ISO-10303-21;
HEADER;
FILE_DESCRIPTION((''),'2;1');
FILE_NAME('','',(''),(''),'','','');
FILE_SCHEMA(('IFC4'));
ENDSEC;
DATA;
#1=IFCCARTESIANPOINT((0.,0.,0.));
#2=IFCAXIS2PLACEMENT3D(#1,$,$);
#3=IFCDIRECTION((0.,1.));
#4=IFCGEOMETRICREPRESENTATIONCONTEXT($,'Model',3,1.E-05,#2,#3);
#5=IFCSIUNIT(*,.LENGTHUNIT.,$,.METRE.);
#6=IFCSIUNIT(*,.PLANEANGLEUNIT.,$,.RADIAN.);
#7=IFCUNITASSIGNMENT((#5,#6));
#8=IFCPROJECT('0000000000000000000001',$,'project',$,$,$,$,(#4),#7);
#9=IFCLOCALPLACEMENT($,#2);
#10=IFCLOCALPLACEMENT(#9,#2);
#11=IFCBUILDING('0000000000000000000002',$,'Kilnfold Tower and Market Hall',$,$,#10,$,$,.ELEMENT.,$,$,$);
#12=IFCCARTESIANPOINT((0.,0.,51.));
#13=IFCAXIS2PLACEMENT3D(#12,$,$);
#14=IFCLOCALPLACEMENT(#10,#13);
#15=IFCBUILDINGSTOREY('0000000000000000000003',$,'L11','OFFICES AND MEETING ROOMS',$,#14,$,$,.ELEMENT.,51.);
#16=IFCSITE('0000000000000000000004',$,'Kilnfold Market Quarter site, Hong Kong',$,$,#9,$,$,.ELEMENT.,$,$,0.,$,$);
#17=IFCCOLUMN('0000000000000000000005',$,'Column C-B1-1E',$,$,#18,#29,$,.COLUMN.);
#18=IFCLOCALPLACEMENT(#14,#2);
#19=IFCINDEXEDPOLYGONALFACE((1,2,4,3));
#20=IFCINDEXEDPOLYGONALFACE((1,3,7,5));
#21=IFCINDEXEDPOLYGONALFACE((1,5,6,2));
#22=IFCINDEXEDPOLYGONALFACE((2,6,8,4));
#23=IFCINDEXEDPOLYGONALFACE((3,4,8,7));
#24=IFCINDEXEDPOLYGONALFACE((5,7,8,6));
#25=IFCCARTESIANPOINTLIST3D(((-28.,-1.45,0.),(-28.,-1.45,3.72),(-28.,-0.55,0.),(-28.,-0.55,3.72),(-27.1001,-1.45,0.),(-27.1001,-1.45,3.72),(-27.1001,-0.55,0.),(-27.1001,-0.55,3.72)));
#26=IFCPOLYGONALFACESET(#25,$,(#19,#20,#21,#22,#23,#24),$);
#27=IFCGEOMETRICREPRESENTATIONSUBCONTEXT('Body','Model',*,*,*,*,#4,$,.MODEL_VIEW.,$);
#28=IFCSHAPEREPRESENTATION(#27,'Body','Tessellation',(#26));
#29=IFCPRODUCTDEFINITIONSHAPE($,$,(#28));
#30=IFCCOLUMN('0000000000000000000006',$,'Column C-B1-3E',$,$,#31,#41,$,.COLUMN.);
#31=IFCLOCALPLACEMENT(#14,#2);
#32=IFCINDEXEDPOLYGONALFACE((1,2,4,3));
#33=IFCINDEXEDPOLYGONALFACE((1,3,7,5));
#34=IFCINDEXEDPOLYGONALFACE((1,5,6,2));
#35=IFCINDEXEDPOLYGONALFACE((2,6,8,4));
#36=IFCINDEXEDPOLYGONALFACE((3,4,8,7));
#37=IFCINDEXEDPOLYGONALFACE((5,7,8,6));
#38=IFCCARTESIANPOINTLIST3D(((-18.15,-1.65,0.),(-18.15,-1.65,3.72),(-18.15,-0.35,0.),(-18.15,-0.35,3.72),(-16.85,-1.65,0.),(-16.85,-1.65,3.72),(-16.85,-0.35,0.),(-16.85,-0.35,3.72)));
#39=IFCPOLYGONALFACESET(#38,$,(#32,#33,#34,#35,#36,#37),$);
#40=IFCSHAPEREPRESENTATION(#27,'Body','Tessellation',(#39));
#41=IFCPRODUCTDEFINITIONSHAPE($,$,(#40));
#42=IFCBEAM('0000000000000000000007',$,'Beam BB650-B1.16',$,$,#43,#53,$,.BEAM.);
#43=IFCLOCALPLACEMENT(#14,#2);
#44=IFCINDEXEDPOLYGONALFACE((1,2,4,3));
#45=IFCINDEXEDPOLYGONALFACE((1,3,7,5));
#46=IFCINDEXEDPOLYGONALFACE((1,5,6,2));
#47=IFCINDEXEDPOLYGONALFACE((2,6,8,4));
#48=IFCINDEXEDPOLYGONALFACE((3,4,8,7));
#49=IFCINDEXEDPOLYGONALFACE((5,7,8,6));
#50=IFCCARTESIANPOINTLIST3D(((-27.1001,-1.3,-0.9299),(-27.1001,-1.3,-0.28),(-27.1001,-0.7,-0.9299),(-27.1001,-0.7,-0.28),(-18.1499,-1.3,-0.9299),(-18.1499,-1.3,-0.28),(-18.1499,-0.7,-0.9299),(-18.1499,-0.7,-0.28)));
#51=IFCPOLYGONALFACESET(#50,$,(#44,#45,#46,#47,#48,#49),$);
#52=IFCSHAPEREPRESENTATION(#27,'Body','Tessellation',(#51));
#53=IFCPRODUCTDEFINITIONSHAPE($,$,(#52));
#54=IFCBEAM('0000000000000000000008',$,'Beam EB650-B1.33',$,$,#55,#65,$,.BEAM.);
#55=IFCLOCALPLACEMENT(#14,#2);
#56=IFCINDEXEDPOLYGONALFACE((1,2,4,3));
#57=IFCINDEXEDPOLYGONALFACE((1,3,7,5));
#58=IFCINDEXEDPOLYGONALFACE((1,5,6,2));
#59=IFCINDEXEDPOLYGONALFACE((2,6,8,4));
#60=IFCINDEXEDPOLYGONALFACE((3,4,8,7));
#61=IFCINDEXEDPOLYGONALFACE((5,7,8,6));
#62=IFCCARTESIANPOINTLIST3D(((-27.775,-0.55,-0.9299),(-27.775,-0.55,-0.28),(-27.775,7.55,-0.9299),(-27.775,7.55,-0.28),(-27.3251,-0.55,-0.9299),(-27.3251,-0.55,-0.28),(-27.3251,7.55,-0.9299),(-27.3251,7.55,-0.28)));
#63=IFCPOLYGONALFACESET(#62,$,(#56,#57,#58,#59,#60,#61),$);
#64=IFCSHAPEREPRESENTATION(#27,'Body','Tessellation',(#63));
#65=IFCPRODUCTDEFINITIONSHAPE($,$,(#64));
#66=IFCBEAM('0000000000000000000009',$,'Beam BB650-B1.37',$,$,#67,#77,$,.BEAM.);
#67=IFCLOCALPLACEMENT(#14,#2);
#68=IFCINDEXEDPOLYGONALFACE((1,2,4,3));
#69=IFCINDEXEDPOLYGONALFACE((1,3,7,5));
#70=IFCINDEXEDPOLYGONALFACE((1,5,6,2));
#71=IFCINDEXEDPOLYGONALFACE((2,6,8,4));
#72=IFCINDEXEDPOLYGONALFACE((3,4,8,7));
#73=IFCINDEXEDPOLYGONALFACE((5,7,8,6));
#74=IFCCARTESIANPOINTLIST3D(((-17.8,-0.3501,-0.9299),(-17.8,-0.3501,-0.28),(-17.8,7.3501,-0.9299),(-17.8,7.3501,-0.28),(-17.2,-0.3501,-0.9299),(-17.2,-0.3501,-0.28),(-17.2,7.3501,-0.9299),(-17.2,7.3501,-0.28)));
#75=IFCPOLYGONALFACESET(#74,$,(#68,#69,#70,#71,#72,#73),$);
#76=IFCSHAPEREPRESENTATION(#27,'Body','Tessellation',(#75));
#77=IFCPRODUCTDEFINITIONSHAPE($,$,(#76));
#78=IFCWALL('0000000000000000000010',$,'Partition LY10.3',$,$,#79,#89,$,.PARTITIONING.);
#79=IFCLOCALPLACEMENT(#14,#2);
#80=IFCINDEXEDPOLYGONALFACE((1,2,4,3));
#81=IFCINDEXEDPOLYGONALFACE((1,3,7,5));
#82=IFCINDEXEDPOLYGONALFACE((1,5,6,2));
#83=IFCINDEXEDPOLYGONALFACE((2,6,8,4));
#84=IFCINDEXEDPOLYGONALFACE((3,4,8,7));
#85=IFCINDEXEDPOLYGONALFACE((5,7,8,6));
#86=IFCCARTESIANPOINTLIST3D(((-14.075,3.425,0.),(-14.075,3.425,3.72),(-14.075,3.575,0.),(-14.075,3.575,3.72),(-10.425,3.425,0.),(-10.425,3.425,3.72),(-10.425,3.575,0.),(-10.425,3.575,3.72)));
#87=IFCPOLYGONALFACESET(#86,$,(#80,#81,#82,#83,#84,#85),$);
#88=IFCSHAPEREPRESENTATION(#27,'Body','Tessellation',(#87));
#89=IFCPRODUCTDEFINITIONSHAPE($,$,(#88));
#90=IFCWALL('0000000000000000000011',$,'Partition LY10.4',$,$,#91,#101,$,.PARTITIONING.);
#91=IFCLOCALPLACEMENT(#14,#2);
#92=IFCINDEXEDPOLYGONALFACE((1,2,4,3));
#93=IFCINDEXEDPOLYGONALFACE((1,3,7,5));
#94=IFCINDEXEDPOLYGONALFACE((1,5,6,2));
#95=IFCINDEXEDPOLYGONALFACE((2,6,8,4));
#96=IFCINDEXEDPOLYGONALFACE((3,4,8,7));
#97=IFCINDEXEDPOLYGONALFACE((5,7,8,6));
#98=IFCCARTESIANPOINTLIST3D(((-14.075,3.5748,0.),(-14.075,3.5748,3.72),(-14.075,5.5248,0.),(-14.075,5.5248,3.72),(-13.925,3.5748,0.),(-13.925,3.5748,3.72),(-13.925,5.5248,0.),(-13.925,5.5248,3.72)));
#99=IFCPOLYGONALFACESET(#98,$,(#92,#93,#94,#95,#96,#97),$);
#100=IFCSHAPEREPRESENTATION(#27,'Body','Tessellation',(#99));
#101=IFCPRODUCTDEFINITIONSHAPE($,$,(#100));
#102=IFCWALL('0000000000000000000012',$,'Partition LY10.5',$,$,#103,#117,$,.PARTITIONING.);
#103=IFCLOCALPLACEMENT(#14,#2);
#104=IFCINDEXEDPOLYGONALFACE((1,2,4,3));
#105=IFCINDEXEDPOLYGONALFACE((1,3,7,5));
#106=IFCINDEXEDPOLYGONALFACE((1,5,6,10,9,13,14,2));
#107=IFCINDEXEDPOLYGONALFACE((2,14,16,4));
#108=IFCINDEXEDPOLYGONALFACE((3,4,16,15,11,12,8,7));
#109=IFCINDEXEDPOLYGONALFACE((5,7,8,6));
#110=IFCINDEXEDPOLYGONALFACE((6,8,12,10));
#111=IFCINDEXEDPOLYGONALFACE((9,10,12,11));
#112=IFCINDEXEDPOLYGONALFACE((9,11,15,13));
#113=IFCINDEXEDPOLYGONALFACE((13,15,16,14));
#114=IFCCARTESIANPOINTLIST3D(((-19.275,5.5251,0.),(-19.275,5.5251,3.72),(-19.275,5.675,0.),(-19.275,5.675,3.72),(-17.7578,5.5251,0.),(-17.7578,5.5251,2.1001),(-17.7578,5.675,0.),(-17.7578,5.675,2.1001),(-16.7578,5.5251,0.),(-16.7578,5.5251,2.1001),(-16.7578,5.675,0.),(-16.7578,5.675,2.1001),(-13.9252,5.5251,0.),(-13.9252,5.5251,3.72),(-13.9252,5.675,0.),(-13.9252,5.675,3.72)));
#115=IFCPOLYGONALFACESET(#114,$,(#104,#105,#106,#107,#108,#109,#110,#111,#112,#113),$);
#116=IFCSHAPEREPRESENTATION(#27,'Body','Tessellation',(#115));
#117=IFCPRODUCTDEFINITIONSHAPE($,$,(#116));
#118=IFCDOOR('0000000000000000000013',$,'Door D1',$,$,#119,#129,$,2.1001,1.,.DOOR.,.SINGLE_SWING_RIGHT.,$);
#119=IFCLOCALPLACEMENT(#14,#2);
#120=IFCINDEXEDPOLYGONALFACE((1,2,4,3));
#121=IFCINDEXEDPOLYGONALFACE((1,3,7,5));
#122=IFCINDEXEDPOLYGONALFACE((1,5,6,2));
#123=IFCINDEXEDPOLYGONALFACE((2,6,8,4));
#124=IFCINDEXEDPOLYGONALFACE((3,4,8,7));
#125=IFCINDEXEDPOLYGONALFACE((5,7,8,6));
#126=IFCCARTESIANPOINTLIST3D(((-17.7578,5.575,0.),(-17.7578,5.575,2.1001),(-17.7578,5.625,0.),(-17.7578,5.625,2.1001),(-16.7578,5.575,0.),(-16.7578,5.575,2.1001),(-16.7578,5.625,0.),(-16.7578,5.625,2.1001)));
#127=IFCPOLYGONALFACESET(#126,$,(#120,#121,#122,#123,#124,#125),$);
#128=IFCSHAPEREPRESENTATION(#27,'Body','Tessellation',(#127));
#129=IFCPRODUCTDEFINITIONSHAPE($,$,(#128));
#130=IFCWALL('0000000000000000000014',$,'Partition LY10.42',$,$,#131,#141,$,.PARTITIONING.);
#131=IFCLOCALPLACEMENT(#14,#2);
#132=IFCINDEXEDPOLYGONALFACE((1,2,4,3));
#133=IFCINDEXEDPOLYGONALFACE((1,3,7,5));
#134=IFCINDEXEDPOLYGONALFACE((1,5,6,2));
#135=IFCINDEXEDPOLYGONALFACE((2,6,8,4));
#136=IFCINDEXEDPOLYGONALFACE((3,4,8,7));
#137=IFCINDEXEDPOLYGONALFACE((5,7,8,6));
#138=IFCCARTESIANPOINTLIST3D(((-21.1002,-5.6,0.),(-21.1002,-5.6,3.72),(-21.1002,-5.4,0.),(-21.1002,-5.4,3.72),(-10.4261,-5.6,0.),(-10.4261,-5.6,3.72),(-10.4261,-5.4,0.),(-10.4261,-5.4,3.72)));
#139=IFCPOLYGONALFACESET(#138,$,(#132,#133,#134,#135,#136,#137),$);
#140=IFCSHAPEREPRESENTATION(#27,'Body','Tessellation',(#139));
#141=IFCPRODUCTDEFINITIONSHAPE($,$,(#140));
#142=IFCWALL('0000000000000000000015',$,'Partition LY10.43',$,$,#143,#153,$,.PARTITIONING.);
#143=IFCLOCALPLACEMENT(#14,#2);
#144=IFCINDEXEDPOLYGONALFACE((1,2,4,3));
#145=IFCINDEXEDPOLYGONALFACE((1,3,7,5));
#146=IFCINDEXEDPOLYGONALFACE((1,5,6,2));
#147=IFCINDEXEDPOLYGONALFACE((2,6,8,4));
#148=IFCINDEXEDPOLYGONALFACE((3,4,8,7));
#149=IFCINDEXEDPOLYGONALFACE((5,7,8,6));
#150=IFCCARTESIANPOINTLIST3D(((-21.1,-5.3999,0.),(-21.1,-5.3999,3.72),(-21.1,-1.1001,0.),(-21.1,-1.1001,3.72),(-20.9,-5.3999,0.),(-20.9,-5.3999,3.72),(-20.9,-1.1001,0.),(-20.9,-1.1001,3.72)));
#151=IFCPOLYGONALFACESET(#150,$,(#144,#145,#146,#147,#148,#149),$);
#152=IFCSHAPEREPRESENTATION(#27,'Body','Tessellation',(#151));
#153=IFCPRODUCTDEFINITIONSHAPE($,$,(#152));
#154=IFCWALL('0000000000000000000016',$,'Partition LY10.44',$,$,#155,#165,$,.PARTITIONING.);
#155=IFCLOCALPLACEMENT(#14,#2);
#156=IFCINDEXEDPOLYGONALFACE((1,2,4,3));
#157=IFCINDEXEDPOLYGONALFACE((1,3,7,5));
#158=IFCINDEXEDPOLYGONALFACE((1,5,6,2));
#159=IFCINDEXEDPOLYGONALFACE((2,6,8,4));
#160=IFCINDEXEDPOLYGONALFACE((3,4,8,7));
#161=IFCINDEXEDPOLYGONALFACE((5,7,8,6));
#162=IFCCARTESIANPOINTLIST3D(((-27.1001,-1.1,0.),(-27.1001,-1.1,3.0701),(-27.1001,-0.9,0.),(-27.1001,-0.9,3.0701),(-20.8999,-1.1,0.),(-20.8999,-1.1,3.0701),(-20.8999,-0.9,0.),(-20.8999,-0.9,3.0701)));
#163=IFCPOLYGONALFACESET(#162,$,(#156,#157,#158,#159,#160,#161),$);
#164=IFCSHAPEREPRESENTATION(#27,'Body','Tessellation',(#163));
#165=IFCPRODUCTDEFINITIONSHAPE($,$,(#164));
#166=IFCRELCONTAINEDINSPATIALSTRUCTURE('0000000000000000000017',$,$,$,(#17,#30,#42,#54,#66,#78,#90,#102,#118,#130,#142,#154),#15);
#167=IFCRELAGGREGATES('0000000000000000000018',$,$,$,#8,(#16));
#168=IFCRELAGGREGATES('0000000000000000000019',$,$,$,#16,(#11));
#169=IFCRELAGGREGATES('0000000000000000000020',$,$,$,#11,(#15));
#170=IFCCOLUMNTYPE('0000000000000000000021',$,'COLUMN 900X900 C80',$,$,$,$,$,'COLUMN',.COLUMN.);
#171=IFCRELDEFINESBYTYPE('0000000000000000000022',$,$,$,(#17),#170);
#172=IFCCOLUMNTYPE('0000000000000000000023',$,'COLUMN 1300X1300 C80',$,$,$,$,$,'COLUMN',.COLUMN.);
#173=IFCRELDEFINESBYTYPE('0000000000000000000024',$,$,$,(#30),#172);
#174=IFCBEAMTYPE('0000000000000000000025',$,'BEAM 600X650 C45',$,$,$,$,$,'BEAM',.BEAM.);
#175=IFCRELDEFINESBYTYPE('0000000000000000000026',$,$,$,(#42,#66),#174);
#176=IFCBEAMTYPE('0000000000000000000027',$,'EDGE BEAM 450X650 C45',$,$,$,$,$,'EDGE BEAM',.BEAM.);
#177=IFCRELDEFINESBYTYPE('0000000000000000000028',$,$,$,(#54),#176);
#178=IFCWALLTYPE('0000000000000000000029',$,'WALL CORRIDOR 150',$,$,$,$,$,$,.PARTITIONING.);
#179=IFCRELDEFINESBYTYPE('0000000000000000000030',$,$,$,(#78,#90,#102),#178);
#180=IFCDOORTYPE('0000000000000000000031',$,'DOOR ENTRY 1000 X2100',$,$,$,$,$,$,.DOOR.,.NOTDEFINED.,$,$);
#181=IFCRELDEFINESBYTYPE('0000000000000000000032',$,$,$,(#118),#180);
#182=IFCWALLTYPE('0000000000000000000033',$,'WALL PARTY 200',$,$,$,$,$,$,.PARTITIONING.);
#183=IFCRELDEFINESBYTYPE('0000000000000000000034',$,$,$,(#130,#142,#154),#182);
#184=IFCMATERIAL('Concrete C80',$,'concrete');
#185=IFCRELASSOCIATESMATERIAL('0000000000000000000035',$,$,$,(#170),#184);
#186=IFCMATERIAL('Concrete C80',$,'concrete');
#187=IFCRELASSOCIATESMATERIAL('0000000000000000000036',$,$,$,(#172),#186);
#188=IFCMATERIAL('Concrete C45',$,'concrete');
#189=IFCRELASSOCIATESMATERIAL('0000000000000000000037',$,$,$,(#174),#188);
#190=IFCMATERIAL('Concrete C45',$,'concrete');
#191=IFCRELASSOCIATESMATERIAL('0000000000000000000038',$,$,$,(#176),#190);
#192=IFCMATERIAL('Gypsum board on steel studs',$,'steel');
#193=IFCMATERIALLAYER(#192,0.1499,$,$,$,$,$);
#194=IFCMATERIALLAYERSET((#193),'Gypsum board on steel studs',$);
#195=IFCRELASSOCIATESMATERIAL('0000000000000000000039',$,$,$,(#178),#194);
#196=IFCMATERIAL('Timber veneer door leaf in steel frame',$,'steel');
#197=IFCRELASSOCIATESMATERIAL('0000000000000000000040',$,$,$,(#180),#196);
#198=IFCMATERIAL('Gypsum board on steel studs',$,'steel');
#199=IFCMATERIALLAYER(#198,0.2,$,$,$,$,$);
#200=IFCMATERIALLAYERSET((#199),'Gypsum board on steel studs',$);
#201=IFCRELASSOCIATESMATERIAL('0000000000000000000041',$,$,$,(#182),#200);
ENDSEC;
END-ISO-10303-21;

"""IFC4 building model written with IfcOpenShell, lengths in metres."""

from ifc_helpers import new_model, si_unit, direction, frame, frame_2d, origin, origin_2d, place, context, subcontext, project, spatial, rectangle, extrude, source, transform, mapped, material, layer, layer_set, material_profile, profile_set, type_object, element, fill, save


model = new_model("IFC4")

# Units and contexts
model_context = context("Model", 3, precision=1e-05, world=origin(), true_north=direction((0.0, 1.0)))
body_context = subcontext(model_context, "Body", "Model", "MODEL_VIEW")
ifc_project = project(units=[si_unit("LENGTHUNIT", "METRE"), si_unit("PLANEANGLEUNIT", "RADIAN")], contexts=[model_context])

# Site, building, storey
site_placement = place(None, origin())
site = spatial("IfcSite", under=ifc_project, at=site_placement, Name="Kilnfold Market Quarter site, Hong Kong", CompositionType="ELEMENT", RefElevation=0.0)
building_placement = place(site_placement, origin())
building = spatial("IfcBuilding", under=site, at=building_placement, Name="Kilnfold Tower and Market Hall", CompositionType="ELEMENT")
storey_placement = place(building_placement, frame((0.0, 0.0, 51.0)))
storey = spatial("IfcBuildingStorey", under=building, at=storey_placement, Name="L11", Description="OFFICES AND MEETING ROOMS", CompositionType="ELEMENT", Elevation=51.0)

# Columns
ifc_material_1 = material(Name="Concrete C80", Category="concrete")
ifc_material_profile_1 = material_profile(ifc_material_1, rectangle(XDim=0.8999, YDim=0.8999, at=origin_2d()), Name="RC 900x900")
ifc_profile_set_1 = profile_set([ifc_material_profile_1], Name="Concrete C80")
column_type_1 = type_object("IfcColumnType", Name="COLUMN 900X900 C80", ElementType="COLUMN", PredefinedType="COLUMN", material=ifc_profile_set_1)
shared_shape_1 = source(origin(), body_context, "Body", "SweptSolid", [
    extrude(rectangle(XDim=0.8999, YDim=0.8999, at=origin_2d()), origin(), (0.0, 0.0, 1.0), 3.72),
])
column_1_placement = place(storey_placement, frame((-27.55, -1.0, 0.0), z_axis=(0.0, 0.0, 1.0), x_axis=(1.0, 0.0, 0.0)))
element("IfcColumn", 1, at=column_1_placement, inside=storey, type_object=column_type_1, Name="Column C-B1-1E", PredefinedType="COLUMN", context=body_context, shape_type="MappedRepresentation", body=[
    mapped(shared_shape_1, transform((0.0, 0.0, 0.0))),
])
ifc_material_2 = material(Name="Concrete C80", Category="concrete")
ifc_material_profile_2 = material_profile(ifc_material_2, rectangle(XDim=1.3, YDim=1.3, at=origin_2d()), Name="RC 1300x1300")
ifc_profile_set_2 = profile_set([ifc_material_profile_2], Name="Concrete C80")
column_type_2 = type_object("IfcColumnType", Name="COLUMN 1300X1300 C80", ElementType="COLUMN", PredefinedType="COLUMN", material=ifc_profile_set_2)
shared_shape_2 = source(origin(), body_context, "Body", "SweptSolid", [
    extrude(rectangle(XDim=1.3, YDim=1.3, at=origin_2d()), origin(), (0.0, 0.0, 1.0), 3.72),
])
column_2_placement = place(storey_placement, frame((-17.5, -1.0, 0.0), z_axis=(0.0, 0.0, 1.0), x_axis=(1.0, 0.0, 0.0)))
element("IfcColumn", 2, at=column_2_placement, inside=storey, type_object=column_type_2, Name="Column C-B1-3E", PredefinedType="COLUMN", context=body_context, shape_type="MappedRepresentation", body=[
    mapped(shared_shape_2, transform((0.0, 0.0, 0.0))),
])

# Beams
ifc_material_3 = material(Name="Concrete C45", Category="concrete")
ifc_material_profile_3 = material_profile(ifc_material_3, rectangle(XDim=0.6001, YDim=0.6499, at=origin_2d()), Name="RC 600x650")
ifc_profile_set_3 = profile_set([ifc_material_profile_3], Name="Concrete C45")
beam_type_1 = type_object("IfcBeamType", Name="BEAM 600X650 C45", ElementType="BEAM", PredefinedType="BEAM", material=ifc_profile_set_3)
shared_shape_3 = source(origin(), body_context, "Body", "SweptSolid", [
    extrude(rectangle(XDim=0.6001, YDim=0.6499, at=origin_2d()), origin(), (0.0, 0.0, 1.0), 8.9502),
])
beam_1_placement = place(storey_placement, frame((-27.1001, -1.0, -0.605), z_axis=(1.0, 0.0, 0.0), x_axis=(0.0, 1.0, 0.0)))
element("IfcBeam", 3, at=beam_1_placement, inside=storey, type_object=beam_type_1, Name="Beam BB650-B1.16", PredefinedType="BEAM", context=body_context, shape_type="MappedRepresentation", body=[
    mapped(shared_shape_3, transform((0.0, 0.0, 0.0))),
])
ifc_material_4 = material(Name="Concrete C45", Category="concrete")
ifc_material_profile_4 = material_profile(ifc_material_4, rectangle(XDim=0.45, YDim=0.6499, at=origin_2d()), Name="RC 450x650")
ifc_profile_set_4 = profile_set([ifc_material_profile_4], Name="Concrete C45")
beam_type_2 = type_object("IfcBeamType", Name="EDGE BEAM 450X650 C45", ElementType="EDGE BEAM", PredefinedType="BEAM", material=ifc_profile_set_4)
shared_shape_4 = source(origin(), body_context, "Body", "SweptSolid", [
    extrude(rectangle(XDim=0.45, YDim=0.6499, at=origin_2d()), origin(), (0.0, 0.0, 1.0), 8.1001),
])
beam_2_placement = place(storey_placement, frame((-27.55, -0.55, -0.605), z_axis=(0.0, 1.0, 0.0), x_axis=(-1.0, 0.0, 0.0)))
element("IfcBeam", 4, at=beam_2_placement, inside=storey, type_object=beam_type_2, Name="Beam EB650-B1.33", PredefinedType="BEAM", context=body_context, shape_type="MappedRepresentation", body=[
    mapped(shared_shape_4, transform((0.0, 0.0, 0.0))),
])
shared_shape_5 = source(origin(), body_context, "Body", "SweptSolid", [
    extrude(rectangle(XDim=0.6001, YDim=0.6499, at=origin_2d()), origin(), (0.0, 0.0, 1.0), 7.7002),
])
beam_3_placement = place(storey_placement, frame((-17.5, -0.3501, -0.605), z_axis=(0.0, 1.0, 0.0), x_axis=(-1.0, 0.0, 0.0)))
element("IfcBeam", 5, at=beam_3_placement, inside=storey, type_object=beam_type_1, Name="Beam BB650-B1.37", PredefinedType="BEAM", context=body_context, shape_type="MappedRepresentation", body=[
    mapped(shared_shape_5, transform((0.0, 0.0, 0.0))),
])

# Walls
ifc_material_5 = material(Name="Gypsum board on steel studs", Category="steel")
ifc_layer_1 = layer(ifc_material_5, 0.1499)
ifc_layer_set_1 = layer_set([ifc_layer_1], Name="Gypsum board on steel studs")
wall_type_1 = type_object("IfcWallType", Name="WALL CORRIDOR 150", PredefinedType="PARTITIONING", material=ifc_layer_set_1)
wall_1_placement = place(storey_placement, frame((-14.075, 3.5, 0.0), z_axis=(0.0, 0.0, 1.0), x_axis=(1.0, 0.0, 0.0)))
element("IfcWall", 6, at=wall_1_placement, inside=storey, type_object=wall_type_1, Name="Partition LY10.3", PredefinedType="PARTITIONING", context=body_context, shape_type="SweptSolid", body=[
    extrude(rectangle(XDim=3.6499, YDim=0.1499, at=frame_2d((1.825, 0.0))), origin(), (0.0, 0.0, 1.0), 3.72),
])
wall_2_placement = place(storey_placement, frame((-14.0, 5.5249, 0.0), z_axis=(0.0, 0.0, 1.0), x_axis=(0.0, -1.0, 0.0)))
element("IfcWall", 7, at=wall_2_placement, inside=storey, type_object=wall_type_1, Name="Partition LY10.4", PredefinedType="PARTITIONING", context=body_context, shape_type="SweptSolid", body=[
    extrude(rectangle(XDim=1.95, YDim=0.1499, at=frame_2d((0.9751, 0.0))), origin(), (0.0, 0.0, 1.0), 3.72),
])

# Wall, opening, door
wall_3_placement = place(storey_placement, frame((-19.2749, 5.6001, 0.0), z_axis=(0.0, 0.0, 1.0), x_axis=(1.0, 0.0, 0.0)))
wall_3 = element("IfcWall", 8, at=wall_3_placement, inside=storey, type_object=wall_type_1, Name="Partition LY10.5", PredefinedType="PARTITIONING", context=body_context, shape_type="SweptSolid", body=[
    extrude(rectangle(XDim=5.3499, YDim=0.1499, at=frame_2d((2.6748, 0.0))), origin(), (0.0, 0.0, 1.0), 3.72),
])
opening_1_placement = place(wall_3_placement, frame((1.5171, 0.0, 0.0)))
opening_1 = element("IfcOpeningElement", 9, at=opening_1_placement, cuts=wall_3, PredefinedType="OPENING", context=body_context, shape_type="SweptSolid", body=[
    extrude(rectangle(XDim=1.0, YDim=2.1001, at=frame_2d((0.5, 1.05))), frame((0.0, 0.085, 0.0), z_axis=(0.0, -1.0, 0.0), x_axis=(1.0, 0.0, 0.0)), (0.0, 0.0, 1.0), 0.1699),
])
ifc_material_6 = material(Name="Timber veneer door leaf in steel frame", Category="steel")
door_type = type_object("IfcDoorType", Name="DOOR ENTRY 1000 X2100", OperationType="NOTDEFINED", PredefinedType="DOOR", material=ifc_material_6)
door_placement = place(opening_1_placement, origin())
door = element("IfcDoor", 10, at=door_placement, inside=storey, type_object=door_type, Name="Door D1", OperationType="SINGLE_SWING_RIGHT", OverallHeight=2.1001, OverallWidth=1.0, PredefinedType="DOOR", context=body_context, shape_type="SweptSolid", body=[
    extrude(rectangle(XDim=1.0, YDim=2.1001, at=frame_2d((0.5, 1.05))), frame((0.0, 0.0249, 0.0), z_axis=(0.0, -1.0, 0.0), x_axis=(1.0, 0.0, 0.0)), (0.0, 0.0, 1.0), 0.05),
])
fill(opening_1, door)

# Walls
ifc_material_7 = material(Name="Gypsum board on steel studs", Category="steel")
ifc_layer_2 = layer(ifc_material_7, 0.2)
ifc_layer_set_2 = layer_set([ifc_layer_2], Name="Gypsum board on steel studs")
wall_type_2 = type_object("IfcWallType", Name="WALL PARTY 200", PredefinedType="PARTITIONING", material=ifc_layer_set_2)
wall_4_placement = place(storey_placement, frame((-21.1001, -5.5, 0.0), z_axis=(0.0, 0.0, 1.0), x_axis=(1.0, 0.0, 0.0)))
element("IfcWall", 11, at=wall_4_placement, inside=storey, type_object=wall_type_2, Name="Partition LY10.42", PredefinedType="PARTITIONING", context=body_context, shape_type="SweptSolid", body=[
    extrude(rectangle(XDim=10.6741, YDim=0.2, at=frame_2d((5.3369, 0.0))), origin(), (0.0, 0.0, 1.0), 3.72),
])
wall_5_placement = place(storey_placement, frame((-21.0, -5.3999, 0.0), z_axis=(0.0, 0.0, 1.0), x_axis=(0.0, 1.0, 0.0)))
element("IfcWall", 12, at=wall_5_placement, inside=storey, type_object=wall_type_2, Name="Partition LY10.43", PredefinedType="PARTITIONING", context=body_context, shape_type="SweptSolid", body=[
    extrude(rectangle(XDim=4.2998, YDim=0.2, at=frame_2d((2.1499, 0.0))), origin(), (0.0, 0.0, 1.0), 3.72),
])
wall_6_placement = place(storey_placement, frame((-27.1001, -1.0, 0.0), z_axis=(0.0, 0.0, 1.0), x_axis=(1.0, 0.0, 0.0)))
element("IfcWall", 13, at=wall_6_placement, inside=storey, type_object=wall_type_2, Name="Partition LY10.44", PredefinedType="PARTITIONING", context=body_context, shape_type="SweptSolid", body=[
    extrude(rectangle(XDim=6.2002, YDim=0.2, at=frame_2d((3.1001, 0.0))), origin(), (0.0, 0.0, 1.0), 3.0701),
])

save(model, "model.ifc")
